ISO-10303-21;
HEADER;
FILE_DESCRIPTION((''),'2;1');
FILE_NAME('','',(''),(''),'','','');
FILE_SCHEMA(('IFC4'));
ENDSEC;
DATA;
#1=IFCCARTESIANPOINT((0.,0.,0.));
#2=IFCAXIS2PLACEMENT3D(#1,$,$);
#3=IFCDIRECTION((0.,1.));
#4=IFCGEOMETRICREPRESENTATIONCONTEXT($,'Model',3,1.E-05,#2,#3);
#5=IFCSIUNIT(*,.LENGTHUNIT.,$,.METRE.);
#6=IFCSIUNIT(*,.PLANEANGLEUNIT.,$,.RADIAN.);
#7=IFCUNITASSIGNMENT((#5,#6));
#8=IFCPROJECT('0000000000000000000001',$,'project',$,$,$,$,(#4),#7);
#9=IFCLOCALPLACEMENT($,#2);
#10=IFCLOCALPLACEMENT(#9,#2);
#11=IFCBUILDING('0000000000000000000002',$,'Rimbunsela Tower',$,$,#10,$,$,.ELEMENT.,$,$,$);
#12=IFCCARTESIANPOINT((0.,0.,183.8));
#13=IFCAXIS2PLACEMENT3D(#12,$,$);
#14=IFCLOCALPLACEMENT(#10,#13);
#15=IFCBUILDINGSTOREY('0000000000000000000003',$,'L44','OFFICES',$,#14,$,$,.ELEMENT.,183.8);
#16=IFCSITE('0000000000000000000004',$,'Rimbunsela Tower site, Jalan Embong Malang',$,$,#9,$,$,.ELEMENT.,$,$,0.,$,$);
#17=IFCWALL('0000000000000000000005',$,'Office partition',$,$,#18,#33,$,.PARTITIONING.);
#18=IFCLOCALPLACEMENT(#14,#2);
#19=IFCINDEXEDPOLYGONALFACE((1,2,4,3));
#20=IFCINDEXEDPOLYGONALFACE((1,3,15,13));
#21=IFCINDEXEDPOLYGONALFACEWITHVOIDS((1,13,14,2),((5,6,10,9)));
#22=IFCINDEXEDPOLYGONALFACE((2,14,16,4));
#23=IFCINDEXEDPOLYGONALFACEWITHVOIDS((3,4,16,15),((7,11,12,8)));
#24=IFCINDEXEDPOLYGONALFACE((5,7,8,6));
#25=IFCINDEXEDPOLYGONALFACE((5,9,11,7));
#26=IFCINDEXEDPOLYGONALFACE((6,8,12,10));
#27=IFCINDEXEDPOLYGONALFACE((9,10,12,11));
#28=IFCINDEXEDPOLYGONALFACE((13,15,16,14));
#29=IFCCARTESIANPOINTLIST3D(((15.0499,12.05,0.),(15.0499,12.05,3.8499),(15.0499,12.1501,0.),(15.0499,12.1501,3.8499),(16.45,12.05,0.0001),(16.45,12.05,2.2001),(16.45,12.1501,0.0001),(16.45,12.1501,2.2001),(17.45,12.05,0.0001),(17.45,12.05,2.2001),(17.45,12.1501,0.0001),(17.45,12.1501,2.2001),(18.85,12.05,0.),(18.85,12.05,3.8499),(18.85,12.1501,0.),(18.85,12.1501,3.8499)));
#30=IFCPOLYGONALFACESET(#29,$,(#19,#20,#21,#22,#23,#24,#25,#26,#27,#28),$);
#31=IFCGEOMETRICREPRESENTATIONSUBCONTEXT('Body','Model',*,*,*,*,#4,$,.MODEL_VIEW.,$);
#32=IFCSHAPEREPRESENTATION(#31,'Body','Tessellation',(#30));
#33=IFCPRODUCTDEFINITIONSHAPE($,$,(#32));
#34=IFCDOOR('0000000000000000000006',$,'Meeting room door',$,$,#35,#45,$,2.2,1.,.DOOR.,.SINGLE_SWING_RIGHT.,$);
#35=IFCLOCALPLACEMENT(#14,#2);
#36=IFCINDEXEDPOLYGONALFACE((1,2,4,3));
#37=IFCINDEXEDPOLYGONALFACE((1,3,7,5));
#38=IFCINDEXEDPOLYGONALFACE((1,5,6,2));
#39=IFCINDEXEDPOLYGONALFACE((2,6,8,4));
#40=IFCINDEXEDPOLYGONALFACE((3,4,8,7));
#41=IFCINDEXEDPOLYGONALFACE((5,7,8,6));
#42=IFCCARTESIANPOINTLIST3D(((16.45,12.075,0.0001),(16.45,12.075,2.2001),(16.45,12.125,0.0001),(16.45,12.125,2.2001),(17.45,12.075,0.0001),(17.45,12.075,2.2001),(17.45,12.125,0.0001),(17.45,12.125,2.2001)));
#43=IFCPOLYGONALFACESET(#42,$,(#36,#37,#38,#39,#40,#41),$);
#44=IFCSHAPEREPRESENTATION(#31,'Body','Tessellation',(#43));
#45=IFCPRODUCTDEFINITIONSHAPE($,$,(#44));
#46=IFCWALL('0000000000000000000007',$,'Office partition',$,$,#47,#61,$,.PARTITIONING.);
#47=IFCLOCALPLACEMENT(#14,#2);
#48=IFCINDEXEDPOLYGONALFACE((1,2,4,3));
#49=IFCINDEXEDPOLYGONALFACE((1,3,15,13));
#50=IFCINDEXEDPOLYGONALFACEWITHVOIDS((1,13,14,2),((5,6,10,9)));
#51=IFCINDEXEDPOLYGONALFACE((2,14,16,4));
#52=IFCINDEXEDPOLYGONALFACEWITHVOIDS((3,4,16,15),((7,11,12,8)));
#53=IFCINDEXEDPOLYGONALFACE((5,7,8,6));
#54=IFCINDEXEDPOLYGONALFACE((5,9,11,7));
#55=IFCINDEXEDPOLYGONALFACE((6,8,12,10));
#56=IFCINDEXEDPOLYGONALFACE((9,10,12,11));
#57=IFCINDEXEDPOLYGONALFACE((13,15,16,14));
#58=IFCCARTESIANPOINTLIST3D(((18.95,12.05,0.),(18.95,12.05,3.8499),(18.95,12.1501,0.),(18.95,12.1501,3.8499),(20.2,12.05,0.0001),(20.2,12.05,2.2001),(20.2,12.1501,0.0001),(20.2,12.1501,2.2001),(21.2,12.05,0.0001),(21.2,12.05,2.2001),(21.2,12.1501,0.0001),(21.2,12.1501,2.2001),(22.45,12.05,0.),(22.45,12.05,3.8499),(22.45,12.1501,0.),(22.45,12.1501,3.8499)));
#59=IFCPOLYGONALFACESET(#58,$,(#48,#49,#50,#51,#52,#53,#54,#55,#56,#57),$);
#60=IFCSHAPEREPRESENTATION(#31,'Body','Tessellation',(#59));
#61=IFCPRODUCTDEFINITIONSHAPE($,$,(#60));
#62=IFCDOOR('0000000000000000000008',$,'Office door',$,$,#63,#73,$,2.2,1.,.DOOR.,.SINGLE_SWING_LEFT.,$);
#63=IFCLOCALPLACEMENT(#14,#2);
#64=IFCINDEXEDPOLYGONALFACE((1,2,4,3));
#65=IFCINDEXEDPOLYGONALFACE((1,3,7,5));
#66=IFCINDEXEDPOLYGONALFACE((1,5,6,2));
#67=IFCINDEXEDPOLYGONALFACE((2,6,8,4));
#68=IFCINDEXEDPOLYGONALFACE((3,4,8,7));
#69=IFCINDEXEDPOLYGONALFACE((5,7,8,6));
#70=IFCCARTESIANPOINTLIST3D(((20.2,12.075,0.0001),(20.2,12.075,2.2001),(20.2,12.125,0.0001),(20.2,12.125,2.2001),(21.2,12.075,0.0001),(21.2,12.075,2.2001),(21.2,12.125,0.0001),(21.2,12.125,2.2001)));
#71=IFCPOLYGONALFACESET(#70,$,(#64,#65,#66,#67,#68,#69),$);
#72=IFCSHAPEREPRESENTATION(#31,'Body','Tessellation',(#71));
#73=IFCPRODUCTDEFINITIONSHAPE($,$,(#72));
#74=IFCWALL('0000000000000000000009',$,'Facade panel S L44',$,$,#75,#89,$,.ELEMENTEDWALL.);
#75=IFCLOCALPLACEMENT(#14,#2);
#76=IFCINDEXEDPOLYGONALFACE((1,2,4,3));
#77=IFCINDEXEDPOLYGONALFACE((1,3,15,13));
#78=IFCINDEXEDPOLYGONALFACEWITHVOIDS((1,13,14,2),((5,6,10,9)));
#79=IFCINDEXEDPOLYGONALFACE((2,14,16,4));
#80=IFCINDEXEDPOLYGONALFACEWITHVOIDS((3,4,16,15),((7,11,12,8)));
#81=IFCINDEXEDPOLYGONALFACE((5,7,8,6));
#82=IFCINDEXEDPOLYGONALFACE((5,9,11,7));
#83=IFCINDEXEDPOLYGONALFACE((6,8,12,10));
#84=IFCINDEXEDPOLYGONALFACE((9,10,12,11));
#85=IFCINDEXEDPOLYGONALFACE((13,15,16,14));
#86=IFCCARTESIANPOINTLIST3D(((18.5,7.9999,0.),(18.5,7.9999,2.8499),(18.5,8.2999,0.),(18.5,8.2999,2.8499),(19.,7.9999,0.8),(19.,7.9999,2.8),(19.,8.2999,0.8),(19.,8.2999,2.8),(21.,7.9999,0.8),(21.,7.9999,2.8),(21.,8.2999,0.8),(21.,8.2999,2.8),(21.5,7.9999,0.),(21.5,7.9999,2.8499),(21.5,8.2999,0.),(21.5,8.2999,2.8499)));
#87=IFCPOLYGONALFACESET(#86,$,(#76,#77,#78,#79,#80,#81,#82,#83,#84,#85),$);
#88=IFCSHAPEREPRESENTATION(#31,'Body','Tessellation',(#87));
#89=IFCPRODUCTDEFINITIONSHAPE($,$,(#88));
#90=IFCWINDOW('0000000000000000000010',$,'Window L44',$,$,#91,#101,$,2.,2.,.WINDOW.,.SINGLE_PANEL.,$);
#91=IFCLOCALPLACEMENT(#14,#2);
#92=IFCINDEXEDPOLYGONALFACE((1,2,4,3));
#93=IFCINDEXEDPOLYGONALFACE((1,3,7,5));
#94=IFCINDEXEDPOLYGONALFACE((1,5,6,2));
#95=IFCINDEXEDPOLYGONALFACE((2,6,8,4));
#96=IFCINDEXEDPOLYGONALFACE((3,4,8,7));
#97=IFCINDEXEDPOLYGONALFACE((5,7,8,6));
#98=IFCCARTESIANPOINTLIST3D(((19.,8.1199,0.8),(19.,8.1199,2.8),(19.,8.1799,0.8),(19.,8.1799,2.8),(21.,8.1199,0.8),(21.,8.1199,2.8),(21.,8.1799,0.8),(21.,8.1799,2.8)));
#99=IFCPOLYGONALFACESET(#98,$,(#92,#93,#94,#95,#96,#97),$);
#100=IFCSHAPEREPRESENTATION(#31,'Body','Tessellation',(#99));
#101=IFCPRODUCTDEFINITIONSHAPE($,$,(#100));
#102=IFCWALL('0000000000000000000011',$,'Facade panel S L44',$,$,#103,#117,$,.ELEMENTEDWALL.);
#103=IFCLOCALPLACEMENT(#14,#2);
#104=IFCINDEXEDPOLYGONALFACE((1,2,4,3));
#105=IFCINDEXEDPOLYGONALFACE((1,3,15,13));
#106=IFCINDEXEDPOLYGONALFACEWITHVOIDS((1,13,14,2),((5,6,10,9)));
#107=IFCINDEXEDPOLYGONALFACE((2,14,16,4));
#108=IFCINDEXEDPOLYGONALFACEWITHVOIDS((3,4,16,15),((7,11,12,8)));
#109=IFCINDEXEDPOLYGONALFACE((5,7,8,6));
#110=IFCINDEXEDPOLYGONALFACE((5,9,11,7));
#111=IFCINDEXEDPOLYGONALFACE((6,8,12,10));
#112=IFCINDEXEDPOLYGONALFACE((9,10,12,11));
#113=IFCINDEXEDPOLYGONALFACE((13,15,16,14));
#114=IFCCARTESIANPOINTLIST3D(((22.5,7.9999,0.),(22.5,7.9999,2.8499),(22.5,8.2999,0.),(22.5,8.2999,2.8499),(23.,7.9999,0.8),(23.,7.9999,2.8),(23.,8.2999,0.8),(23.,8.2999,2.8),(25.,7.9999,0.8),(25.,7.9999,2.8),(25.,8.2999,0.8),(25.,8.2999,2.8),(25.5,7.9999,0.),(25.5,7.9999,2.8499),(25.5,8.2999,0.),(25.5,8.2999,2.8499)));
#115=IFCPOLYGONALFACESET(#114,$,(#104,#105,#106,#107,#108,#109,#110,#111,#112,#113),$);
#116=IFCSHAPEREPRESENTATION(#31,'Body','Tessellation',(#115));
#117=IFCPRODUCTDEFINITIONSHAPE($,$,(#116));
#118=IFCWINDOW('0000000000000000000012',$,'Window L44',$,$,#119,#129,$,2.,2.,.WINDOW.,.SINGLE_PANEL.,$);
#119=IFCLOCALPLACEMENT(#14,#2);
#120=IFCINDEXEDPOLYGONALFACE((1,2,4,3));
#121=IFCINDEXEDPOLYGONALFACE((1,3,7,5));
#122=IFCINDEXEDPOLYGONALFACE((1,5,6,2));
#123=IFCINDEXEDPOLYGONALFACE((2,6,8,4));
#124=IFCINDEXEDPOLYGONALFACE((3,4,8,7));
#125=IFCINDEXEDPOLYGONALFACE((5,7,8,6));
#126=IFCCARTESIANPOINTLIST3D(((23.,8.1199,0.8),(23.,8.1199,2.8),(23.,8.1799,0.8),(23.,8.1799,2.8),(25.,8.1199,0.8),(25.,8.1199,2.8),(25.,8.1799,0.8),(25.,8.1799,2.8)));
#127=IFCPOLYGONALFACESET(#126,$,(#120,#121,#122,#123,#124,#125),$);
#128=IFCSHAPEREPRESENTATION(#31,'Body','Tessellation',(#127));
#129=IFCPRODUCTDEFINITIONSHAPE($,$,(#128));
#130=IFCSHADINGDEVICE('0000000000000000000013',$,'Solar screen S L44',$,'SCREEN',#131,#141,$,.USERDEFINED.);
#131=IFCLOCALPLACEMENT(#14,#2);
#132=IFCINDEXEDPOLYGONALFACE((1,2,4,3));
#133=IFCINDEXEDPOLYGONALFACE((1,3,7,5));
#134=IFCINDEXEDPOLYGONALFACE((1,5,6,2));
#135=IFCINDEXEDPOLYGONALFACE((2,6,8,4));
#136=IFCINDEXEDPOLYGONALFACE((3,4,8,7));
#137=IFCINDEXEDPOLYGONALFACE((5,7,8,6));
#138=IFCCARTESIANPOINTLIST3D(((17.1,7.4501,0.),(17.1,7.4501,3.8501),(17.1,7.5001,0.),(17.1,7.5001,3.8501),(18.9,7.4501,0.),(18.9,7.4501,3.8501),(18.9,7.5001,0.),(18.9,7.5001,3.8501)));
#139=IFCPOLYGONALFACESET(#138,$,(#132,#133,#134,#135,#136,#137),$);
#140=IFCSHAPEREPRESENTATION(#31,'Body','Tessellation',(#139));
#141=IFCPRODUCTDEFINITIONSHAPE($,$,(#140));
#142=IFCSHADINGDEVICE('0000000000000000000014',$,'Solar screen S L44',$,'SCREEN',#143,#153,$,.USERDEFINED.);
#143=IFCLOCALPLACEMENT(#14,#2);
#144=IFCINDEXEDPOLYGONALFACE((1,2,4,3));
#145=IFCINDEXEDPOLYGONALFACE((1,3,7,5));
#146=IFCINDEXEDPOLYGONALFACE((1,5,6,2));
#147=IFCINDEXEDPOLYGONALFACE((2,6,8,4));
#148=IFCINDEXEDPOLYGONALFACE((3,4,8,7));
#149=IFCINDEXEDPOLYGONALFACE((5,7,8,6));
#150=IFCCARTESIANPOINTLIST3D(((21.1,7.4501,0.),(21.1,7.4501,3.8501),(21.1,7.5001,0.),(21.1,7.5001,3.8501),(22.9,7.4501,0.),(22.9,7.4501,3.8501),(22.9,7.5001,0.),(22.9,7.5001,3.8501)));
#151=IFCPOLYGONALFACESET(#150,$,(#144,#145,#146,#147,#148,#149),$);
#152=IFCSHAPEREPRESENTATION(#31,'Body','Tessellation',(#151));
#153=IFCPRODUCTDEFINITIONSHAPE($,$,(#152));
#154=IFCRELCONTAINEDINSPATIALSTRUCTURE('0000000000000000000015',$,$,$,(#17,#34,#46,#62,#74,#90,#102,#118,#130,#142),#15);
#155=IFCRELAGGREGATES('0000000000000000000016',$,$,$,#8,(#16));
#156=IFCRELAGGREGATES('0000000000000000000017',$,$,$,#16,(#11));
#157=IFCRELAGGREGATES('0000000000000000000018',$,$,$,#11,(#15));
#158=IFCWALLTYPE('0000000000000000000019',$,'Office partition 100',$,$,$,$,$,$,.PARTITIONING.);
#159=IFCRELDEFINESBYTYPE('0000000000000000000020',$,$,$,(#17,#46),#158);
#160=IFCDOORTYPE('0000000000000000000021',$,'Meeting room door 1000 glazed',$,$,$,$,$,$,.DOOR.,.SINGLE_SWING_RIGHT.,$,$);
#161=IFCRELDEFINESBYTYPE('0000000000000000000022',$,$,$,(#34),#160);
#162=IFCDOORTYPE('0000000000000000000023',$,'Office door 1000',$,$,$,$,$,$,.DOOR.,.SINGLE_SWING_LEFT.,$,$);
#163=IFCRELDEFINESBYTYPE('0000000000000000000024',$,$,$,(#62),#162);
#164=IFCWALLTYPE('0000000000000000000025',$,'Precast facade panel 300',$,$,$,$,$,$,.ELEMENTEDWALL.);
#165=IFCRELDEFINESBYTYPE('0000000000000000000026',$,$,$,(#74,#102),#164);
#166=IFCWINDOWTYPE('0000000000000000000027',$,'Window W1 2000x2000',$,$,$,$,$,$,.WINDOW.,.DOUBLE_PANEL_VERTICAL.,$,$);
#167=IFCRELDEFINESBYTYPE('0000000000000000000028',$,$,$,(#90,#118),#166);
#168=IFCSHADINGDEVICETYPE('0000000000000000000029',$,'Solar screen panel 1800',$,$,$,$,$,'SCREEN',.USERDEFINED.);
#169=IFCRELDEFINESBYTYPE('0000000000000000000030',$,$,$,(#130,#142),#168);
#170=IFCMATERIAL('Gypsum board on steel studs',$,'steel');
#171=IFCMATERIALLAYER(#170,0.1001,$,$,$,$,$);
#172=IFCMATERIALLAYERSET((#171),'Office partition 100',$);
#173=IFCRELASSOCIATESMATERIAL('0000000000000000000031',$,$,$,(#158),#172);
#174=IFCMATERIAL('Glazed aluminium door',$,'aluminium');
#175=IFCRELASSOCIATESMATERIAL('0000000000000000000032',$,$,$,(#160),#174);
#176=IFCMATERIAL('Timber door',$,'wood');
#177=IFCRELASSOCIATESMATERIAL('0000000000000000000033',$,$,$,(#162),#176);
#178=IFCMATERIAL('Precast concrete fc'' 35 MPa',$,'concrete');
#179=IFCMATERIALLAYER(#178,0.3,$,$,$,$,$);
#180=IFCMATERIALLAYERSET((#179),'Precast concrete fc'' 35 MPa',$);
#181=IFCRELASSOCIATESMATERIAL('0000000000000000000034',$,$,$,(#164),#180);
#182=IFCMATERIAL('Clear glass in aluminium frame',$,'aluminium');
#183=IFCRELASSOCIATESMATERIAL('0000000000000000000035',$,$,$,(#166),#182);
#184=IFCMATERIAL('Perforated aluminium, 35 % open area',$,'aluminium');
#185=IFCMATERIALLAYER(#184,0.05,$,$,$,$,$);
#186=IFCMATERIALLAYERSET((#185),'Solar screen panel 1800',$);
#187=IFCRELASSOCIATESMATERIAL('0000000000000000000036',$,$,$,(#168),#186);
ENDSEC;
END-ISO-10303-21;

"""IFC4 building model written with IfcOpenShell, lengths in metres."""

from ifc_helpers import new_model, si_unit, direction, frame, frame_2d, origin, origin_2d, place, context, subcontext, project, spatial, rectangle, extrude, material, layer, layer_set, type_object, element, fill, save


model = new_model("IFC4")

# Units and contexts
model_context = context("Model", 3, precision=1e-05, world=origin(), true_north=direction((0.0, 1.0)))
body_context = subcontext(model_context, "Body", "Model", "MODEL_VIEW")
ifc_project = project(units=[si_unit("LENGTHUNIT", "METRE"), si_unit("PLANEANGLEUNIT", "RADIAN")], contexts=[model_context])

# Site, building, storey
site_placement = place(None, origin())
site = spatial("IfcSite", under=ifc_project, at=site_placement, Name="Rimbunsela Tower site, Jalan Embong Malang", CompositionType="ELEMENT", RefElevation=0.0)
building_placement = place(site_placement, origin())
building = spatial("IfcBuilding", under=site, at=building_placement, Name="Rimbunsela Tower", CompositionType="ELEMENT")
storey_placement = place(building_placement, frame((0.0, 0.0, 183.8)))
storey = spatial("IfcBuildingStorey", under=building, at=storey_placement, Name="L44", Description="OFFICES", CompositionType="ELEMENT", Elevation=183.8)

# Walls, openings, doors
ifc_material_1 = material(Name="Gypsum board on steel studs", Category="steel")
ifc_layer_1 = layer(ifc_material_1, 0.1001)
ifc_layer_set_1 = layer_set([ifc_layer_1], Name="Office partition 100")
wall_type_1 = type_object("IfcWallType", Name="Office partition 100", PredefinedType="PARTITIONING", material=ifc_layer_set_1)
wall_1_placement = place(storey_placement, frame((15.05, 12.1001, 0.0), z_axis=(0.0, 0.0, 1.0), x_axis=(1.0, 0.0, 0.0)))
wall_1 = element("IfcWall", 1, at=wall_1_placement, inside=storey, type_object=wall_type_1, Name="Office partition", PredefinedType="PARTITIONING", context=body_context, shape_type="SweptSolid", body=[
    extrude(rectangle(XDim=3.8, YDim=0.1001, at=frame_2d((1.8999, 0.0))), origin(), (0.0, 0.0, 1.0), 3.8499),
])
opening_1_placement = place(wall_1_placement, frame((1.3999, 0.0, 0.0)))
opening_1 = element("IfcOpeningElement", 2, at=opening_1_placement, cuts=wall_1, PredefinedType="OPENING", context=body_context, shape_type="SweptSolid", body=[
    extrude(rectangle(XDim=1.0, YDim=2.2, at=frame_2d((0.5, 1.1001))), frame((0.0, 0.0601, 0.0), z_axis=(0.0, -1.0, 0.0), x_axis=(1.0, 0.0, 0.0)), (0.0, 0.0, 1.0), 0.1201),
])
ifc_material_2 = material(Name="Glazed aluminium door", Category="aluminium")
door_type_1 = type_object("IfcDoorType", Name="Meeting room door 1000 glazed", OperationType="SINGLE_SWING_RIGHT", PredefinedType="DOOR", material=ifc_material_2)
door_1_placement = place(opening_1_placement, origin())
door_1 = element("IfcDoor", 3, at=door_1_placement, inside=storey, type_object=door_type_1, Name="Meeting room door", OperationType="SINGLE_SWING_RIGHT", OverallHeight=2.2, OverallWidth=1.0, PredefinedType="DOOR", context=body_context, shape_type="SweptSolid", body=[
    extrude(rectangle(XDim=1.0, YDim=2.2, at=frame_2d((0.5, 1.1001))), frame((0.0, 0.0249, 0.0), z_axis=(0.0, -1.0, 0.0), x_axis=(1.0, 0.0, 0.0)), (0.0, 0.0, 1.0), 0.05),
])
fill(opening_1, door_1)
wall_2_placement = place(storey_placement, frame((18.95, 12.1001, 0.0), z_axis=(0.0, 0.0, 1.0), x_axis=(1.0, 0.0, 0.0)))
wall_2 = element("IfcWall", 4, at=wall_2_placement, inside=storey, type_object=wall_type_1, Name="Office partition", PredefinedType="PARTITIONING", context=body_context, shape_type="SweptSolid", body=[
    extrude(rectangle(XDim=3.5, YDim=0.1001, at=frame_2d((1.75, 0.0))), origin(), (0.0, 0.0, 1.0), 3.8499),
])
opening_2_placement = place(wall_2_placement, frame((1.25, 0.0, 0.0)))
opening_2 = element("IfcOpeningElement", 5, at=opening_2_placement, cuts=wall_2, PredefinedType="OPENING", context=body_context, shape_type="SweptSolid", body=[
    extrude(rectangle(XDim=1.0, YDim=2.2, at=frame_2d((0.5, 1.1001))), frame((0.0, 0.0601, 0.0), z_axis=(0.0, -1.0, 0.0), x_axis=(1.0, 0.0, 0.0)), (0.0, 0.0, 1.0), 0.1201),
])
ifc_material_3 = material(Name="Timber door", Category="wood")
door_type_2 = type_object("IfcDoorType", Name="Office door 1000", OperationType="SINGLE_SWING_LEFT", PredefinedType="DOOR", material=ifc_material_3)
door_2_placement = place(opening_2_placement, origin())
door_2 = element("IfcDoor", 6, at=door_2_placement, inside=storey, type_object=door_type_2, Name="Office door", OperationType="SINGLE_SWING_LEFT", OverallHeight=2.2, OverallWidth=1.0, PredefinedType="DOOR", context=body_context, shape_type="SweptSolid", body=[
    extrude(rectangle(XDim=1.0, YDim=2.2, at=frame_2d((0.5, 1.1001))), frame((0.0, 0.0249, 0.0), z_axis=(0.0, -1.0, 0.0), x_axis=(1.0, 0.0, 0.0)), (0.0, 0.0, 1.0), 0.05),
])
fill(opening_2, door_2)

# Walls, openings, windows
ifc_material_4 = material(Name="Precast concrete fc' 35 MPa", Category="concrete")
ifc_layer_2 = layer(ifc_material_4, 0.3)
ifc_layer_set_2 = layer_set([ifc_layer_2], Name="Precast concrete fc' 35 MPa")
wall_type_2 = type_object("IfcWallType", Name="Precast facade panel 300", PredefinedType="ELEMENTEDWALL", material=ifc_layer_set_2)
wall_3_placement = place(storey_placement, frame((18.5, 8.1499, 0.0), z_axis=(0.0, 0.0, 1.0), x_axis=(1.0, 0.0, 0.0)))
wall_3 = element("IfcWall", 7, at=wall_3_placement, inside=storey, type_object=wall_type_2, Name="Facade panel S L44", PredefinedType="ELEMENTEDWALL", context=body_context, shape_type="SweptSolid", body=[
    extrude(rectangle(XDim=3.0, YDim=0.3, at=frame_2d((1.5, 0.0))), origin(), (0.0, 0.0, 1.0), 2.8499),
])
opening_3_placement = place(wall_3_placement, frame((0.5, 0.0, 0.8)))
opening_3 = element("IfcOpeningElement", 8, at=opening_3_placement, cuts=wall_3, PredefinedType="OPENING", context=body_context, shape_type="SweptSolid", body=[
    extrude(rectangle(XDim=2.0, YDim=2.0, at=frame_2d((1.0, 1.0))), frame((0.0, 0.1599, 0.0), z_axis=(0.0, -1.0, 0.0), x_axis=(1.0, 0.0, 0.0)), (0.0, 0.0, 1.0), 0.3201),
])
ifc_material_5 = material(Name="Clear glass in aluminium frame", Category="aluminium")
window_type = type_object("IfcWindowType", Name="Window W1 2000x2000", PartitioningType="DOUBLE_PANEL_VERTICAL", PredefinedType="WINDOW", material=ifc_material_5)
window_1_placement = place(opening_3_placement, origin())
window_1 = element("IfcWindow", 9, at=window_1_placement, inside=storey, type_object=window_type, Name="Window L44", OverallHeight=2.0, OverallWidth=2.0, PartitioningType="SINGLE_PANEL", PredefinedType="WINDOW", context=body_context, shape_type="SweptSolid", body=[
    extrude(rectangle(XDim=2.0, YDim=2.0, at=frame_2d((1.0, 1.0))), frame((0.0, 0.03, 0.0), z_axis=(0.0, -1.0, 0.0), x_axis=(1.0, 0.0, 0.0)), (0.0, 0.0, 1.0), 0.0601),
])
fill(opening_3, window_1)
wall_4_placement = place(storey_placement, frame((22.5, 8.1499, 0.0), z_axis=(0.0, 0.0, 1.0), x_axis=(1.0, 0.0, 0.0)))
wall_4 = element("IfcWall", 10, at=wall_4_placement, inside=storey, type_object=wall_type_2, Name="Facade panel S L44", PredefinedType="ELEMENTEDWALL", context=body_context, shape_type="SweptSolid", body=[
    extrude(rectangle(XDim=3.0, YDim=0.3, at=frame_2d((1.5, 0.0))), origin(), (0.0, 0.0, 1.0), 2.8499),
])
opening_4_placement = place(wall_4_placement, frame((0.5, 0.0, 0.8)))
opening_4 = element("IfcOpeningElement", 11, at=opening_4_placement, cuts=wall_4, PredefinedType="OPENING", context=body_context, shape_type="SweptSolid", body=[
    extrude(rectangle(XDim=2.0, YDim=2.0, at=frame_2d((1.0, 1.0))), frame((0.0, 0.1599, 0.0), z_axis=(0.0, -1.0, 0.0), x_axis=(1.0, 0.0, 0.0)), (0.0, 0.0, 1.0), 0.3201),
])
window_2_placement = place(opening_4_placement, origin())
window_2 = element("IfcWindow", 12, at=window_2_placement, inside=storey, type_object=window_type, Name="Window L44", OverallHeight=2.0, OverallWidth=2.0, PartitioningType="SINGLE_PANEL", PredefinedType="WINDOW", context=body_context, shape_type="SweptSolid", body=[
    extrude(rectangle(XDim=2.0, YDim=2.0, at=frame_2d((1.0, 1.0))), frame((0.0, 0.03, 0.0), z_axis=(0.0, -1.0, 0.0), x_axis=(1.0, 0.0, 0.0)), (0.0, 0.0, 1.0), 0.0601),
])
fill(opening_4, window_2)

# Shading devices
ifc_material_6 = material(Name="Perforated aluminium, 35 % open area", Category="aluminium")
ifc_layer_3 = layer(ifc_material_6, 0.05)
ifc_layer_set_3 = layer_set([ifc_layer_3], Name="Solar screen panel 1800")
shading_device_type = type_object("IfcShadingDeviceType", Name="Solar screen panel 1800", ElementType="SCREEN", PredefinedType="USERDEFINED", material=ifc_layer_set_3)
for number, where, z_axis, x_axis, name in (
    (13, (18.0, 7.4751, 0.0), (0.0, 0.0, 1.0), (1.0, 0.0, 0.0), "Solar screen S L44"),
    (14, (22.0, 7.4751, 0.0), (0.0, 0.0, 1.0), (1.0, 0.0, 0.0), "Solar screen S L44"),
):
    element("IfcShadingDevice", number, at=place(storey_placement, frame(where, z_axis=z_axis, x_axis=x_axis)), inside=storey, type_object=shading_device_type, Name=name, ObjectType="SCREEN", PredefinedType="USERDEFINED", context=body_context, shape_type="SweptSolid", body=[
        extrude(rectangle(XDim=1.8, YDim=0.05, at=origin_2d()), origin(), (0.0, 0.0, 1.0), 3.8501),
    ])

save(model, "model.ifc")
